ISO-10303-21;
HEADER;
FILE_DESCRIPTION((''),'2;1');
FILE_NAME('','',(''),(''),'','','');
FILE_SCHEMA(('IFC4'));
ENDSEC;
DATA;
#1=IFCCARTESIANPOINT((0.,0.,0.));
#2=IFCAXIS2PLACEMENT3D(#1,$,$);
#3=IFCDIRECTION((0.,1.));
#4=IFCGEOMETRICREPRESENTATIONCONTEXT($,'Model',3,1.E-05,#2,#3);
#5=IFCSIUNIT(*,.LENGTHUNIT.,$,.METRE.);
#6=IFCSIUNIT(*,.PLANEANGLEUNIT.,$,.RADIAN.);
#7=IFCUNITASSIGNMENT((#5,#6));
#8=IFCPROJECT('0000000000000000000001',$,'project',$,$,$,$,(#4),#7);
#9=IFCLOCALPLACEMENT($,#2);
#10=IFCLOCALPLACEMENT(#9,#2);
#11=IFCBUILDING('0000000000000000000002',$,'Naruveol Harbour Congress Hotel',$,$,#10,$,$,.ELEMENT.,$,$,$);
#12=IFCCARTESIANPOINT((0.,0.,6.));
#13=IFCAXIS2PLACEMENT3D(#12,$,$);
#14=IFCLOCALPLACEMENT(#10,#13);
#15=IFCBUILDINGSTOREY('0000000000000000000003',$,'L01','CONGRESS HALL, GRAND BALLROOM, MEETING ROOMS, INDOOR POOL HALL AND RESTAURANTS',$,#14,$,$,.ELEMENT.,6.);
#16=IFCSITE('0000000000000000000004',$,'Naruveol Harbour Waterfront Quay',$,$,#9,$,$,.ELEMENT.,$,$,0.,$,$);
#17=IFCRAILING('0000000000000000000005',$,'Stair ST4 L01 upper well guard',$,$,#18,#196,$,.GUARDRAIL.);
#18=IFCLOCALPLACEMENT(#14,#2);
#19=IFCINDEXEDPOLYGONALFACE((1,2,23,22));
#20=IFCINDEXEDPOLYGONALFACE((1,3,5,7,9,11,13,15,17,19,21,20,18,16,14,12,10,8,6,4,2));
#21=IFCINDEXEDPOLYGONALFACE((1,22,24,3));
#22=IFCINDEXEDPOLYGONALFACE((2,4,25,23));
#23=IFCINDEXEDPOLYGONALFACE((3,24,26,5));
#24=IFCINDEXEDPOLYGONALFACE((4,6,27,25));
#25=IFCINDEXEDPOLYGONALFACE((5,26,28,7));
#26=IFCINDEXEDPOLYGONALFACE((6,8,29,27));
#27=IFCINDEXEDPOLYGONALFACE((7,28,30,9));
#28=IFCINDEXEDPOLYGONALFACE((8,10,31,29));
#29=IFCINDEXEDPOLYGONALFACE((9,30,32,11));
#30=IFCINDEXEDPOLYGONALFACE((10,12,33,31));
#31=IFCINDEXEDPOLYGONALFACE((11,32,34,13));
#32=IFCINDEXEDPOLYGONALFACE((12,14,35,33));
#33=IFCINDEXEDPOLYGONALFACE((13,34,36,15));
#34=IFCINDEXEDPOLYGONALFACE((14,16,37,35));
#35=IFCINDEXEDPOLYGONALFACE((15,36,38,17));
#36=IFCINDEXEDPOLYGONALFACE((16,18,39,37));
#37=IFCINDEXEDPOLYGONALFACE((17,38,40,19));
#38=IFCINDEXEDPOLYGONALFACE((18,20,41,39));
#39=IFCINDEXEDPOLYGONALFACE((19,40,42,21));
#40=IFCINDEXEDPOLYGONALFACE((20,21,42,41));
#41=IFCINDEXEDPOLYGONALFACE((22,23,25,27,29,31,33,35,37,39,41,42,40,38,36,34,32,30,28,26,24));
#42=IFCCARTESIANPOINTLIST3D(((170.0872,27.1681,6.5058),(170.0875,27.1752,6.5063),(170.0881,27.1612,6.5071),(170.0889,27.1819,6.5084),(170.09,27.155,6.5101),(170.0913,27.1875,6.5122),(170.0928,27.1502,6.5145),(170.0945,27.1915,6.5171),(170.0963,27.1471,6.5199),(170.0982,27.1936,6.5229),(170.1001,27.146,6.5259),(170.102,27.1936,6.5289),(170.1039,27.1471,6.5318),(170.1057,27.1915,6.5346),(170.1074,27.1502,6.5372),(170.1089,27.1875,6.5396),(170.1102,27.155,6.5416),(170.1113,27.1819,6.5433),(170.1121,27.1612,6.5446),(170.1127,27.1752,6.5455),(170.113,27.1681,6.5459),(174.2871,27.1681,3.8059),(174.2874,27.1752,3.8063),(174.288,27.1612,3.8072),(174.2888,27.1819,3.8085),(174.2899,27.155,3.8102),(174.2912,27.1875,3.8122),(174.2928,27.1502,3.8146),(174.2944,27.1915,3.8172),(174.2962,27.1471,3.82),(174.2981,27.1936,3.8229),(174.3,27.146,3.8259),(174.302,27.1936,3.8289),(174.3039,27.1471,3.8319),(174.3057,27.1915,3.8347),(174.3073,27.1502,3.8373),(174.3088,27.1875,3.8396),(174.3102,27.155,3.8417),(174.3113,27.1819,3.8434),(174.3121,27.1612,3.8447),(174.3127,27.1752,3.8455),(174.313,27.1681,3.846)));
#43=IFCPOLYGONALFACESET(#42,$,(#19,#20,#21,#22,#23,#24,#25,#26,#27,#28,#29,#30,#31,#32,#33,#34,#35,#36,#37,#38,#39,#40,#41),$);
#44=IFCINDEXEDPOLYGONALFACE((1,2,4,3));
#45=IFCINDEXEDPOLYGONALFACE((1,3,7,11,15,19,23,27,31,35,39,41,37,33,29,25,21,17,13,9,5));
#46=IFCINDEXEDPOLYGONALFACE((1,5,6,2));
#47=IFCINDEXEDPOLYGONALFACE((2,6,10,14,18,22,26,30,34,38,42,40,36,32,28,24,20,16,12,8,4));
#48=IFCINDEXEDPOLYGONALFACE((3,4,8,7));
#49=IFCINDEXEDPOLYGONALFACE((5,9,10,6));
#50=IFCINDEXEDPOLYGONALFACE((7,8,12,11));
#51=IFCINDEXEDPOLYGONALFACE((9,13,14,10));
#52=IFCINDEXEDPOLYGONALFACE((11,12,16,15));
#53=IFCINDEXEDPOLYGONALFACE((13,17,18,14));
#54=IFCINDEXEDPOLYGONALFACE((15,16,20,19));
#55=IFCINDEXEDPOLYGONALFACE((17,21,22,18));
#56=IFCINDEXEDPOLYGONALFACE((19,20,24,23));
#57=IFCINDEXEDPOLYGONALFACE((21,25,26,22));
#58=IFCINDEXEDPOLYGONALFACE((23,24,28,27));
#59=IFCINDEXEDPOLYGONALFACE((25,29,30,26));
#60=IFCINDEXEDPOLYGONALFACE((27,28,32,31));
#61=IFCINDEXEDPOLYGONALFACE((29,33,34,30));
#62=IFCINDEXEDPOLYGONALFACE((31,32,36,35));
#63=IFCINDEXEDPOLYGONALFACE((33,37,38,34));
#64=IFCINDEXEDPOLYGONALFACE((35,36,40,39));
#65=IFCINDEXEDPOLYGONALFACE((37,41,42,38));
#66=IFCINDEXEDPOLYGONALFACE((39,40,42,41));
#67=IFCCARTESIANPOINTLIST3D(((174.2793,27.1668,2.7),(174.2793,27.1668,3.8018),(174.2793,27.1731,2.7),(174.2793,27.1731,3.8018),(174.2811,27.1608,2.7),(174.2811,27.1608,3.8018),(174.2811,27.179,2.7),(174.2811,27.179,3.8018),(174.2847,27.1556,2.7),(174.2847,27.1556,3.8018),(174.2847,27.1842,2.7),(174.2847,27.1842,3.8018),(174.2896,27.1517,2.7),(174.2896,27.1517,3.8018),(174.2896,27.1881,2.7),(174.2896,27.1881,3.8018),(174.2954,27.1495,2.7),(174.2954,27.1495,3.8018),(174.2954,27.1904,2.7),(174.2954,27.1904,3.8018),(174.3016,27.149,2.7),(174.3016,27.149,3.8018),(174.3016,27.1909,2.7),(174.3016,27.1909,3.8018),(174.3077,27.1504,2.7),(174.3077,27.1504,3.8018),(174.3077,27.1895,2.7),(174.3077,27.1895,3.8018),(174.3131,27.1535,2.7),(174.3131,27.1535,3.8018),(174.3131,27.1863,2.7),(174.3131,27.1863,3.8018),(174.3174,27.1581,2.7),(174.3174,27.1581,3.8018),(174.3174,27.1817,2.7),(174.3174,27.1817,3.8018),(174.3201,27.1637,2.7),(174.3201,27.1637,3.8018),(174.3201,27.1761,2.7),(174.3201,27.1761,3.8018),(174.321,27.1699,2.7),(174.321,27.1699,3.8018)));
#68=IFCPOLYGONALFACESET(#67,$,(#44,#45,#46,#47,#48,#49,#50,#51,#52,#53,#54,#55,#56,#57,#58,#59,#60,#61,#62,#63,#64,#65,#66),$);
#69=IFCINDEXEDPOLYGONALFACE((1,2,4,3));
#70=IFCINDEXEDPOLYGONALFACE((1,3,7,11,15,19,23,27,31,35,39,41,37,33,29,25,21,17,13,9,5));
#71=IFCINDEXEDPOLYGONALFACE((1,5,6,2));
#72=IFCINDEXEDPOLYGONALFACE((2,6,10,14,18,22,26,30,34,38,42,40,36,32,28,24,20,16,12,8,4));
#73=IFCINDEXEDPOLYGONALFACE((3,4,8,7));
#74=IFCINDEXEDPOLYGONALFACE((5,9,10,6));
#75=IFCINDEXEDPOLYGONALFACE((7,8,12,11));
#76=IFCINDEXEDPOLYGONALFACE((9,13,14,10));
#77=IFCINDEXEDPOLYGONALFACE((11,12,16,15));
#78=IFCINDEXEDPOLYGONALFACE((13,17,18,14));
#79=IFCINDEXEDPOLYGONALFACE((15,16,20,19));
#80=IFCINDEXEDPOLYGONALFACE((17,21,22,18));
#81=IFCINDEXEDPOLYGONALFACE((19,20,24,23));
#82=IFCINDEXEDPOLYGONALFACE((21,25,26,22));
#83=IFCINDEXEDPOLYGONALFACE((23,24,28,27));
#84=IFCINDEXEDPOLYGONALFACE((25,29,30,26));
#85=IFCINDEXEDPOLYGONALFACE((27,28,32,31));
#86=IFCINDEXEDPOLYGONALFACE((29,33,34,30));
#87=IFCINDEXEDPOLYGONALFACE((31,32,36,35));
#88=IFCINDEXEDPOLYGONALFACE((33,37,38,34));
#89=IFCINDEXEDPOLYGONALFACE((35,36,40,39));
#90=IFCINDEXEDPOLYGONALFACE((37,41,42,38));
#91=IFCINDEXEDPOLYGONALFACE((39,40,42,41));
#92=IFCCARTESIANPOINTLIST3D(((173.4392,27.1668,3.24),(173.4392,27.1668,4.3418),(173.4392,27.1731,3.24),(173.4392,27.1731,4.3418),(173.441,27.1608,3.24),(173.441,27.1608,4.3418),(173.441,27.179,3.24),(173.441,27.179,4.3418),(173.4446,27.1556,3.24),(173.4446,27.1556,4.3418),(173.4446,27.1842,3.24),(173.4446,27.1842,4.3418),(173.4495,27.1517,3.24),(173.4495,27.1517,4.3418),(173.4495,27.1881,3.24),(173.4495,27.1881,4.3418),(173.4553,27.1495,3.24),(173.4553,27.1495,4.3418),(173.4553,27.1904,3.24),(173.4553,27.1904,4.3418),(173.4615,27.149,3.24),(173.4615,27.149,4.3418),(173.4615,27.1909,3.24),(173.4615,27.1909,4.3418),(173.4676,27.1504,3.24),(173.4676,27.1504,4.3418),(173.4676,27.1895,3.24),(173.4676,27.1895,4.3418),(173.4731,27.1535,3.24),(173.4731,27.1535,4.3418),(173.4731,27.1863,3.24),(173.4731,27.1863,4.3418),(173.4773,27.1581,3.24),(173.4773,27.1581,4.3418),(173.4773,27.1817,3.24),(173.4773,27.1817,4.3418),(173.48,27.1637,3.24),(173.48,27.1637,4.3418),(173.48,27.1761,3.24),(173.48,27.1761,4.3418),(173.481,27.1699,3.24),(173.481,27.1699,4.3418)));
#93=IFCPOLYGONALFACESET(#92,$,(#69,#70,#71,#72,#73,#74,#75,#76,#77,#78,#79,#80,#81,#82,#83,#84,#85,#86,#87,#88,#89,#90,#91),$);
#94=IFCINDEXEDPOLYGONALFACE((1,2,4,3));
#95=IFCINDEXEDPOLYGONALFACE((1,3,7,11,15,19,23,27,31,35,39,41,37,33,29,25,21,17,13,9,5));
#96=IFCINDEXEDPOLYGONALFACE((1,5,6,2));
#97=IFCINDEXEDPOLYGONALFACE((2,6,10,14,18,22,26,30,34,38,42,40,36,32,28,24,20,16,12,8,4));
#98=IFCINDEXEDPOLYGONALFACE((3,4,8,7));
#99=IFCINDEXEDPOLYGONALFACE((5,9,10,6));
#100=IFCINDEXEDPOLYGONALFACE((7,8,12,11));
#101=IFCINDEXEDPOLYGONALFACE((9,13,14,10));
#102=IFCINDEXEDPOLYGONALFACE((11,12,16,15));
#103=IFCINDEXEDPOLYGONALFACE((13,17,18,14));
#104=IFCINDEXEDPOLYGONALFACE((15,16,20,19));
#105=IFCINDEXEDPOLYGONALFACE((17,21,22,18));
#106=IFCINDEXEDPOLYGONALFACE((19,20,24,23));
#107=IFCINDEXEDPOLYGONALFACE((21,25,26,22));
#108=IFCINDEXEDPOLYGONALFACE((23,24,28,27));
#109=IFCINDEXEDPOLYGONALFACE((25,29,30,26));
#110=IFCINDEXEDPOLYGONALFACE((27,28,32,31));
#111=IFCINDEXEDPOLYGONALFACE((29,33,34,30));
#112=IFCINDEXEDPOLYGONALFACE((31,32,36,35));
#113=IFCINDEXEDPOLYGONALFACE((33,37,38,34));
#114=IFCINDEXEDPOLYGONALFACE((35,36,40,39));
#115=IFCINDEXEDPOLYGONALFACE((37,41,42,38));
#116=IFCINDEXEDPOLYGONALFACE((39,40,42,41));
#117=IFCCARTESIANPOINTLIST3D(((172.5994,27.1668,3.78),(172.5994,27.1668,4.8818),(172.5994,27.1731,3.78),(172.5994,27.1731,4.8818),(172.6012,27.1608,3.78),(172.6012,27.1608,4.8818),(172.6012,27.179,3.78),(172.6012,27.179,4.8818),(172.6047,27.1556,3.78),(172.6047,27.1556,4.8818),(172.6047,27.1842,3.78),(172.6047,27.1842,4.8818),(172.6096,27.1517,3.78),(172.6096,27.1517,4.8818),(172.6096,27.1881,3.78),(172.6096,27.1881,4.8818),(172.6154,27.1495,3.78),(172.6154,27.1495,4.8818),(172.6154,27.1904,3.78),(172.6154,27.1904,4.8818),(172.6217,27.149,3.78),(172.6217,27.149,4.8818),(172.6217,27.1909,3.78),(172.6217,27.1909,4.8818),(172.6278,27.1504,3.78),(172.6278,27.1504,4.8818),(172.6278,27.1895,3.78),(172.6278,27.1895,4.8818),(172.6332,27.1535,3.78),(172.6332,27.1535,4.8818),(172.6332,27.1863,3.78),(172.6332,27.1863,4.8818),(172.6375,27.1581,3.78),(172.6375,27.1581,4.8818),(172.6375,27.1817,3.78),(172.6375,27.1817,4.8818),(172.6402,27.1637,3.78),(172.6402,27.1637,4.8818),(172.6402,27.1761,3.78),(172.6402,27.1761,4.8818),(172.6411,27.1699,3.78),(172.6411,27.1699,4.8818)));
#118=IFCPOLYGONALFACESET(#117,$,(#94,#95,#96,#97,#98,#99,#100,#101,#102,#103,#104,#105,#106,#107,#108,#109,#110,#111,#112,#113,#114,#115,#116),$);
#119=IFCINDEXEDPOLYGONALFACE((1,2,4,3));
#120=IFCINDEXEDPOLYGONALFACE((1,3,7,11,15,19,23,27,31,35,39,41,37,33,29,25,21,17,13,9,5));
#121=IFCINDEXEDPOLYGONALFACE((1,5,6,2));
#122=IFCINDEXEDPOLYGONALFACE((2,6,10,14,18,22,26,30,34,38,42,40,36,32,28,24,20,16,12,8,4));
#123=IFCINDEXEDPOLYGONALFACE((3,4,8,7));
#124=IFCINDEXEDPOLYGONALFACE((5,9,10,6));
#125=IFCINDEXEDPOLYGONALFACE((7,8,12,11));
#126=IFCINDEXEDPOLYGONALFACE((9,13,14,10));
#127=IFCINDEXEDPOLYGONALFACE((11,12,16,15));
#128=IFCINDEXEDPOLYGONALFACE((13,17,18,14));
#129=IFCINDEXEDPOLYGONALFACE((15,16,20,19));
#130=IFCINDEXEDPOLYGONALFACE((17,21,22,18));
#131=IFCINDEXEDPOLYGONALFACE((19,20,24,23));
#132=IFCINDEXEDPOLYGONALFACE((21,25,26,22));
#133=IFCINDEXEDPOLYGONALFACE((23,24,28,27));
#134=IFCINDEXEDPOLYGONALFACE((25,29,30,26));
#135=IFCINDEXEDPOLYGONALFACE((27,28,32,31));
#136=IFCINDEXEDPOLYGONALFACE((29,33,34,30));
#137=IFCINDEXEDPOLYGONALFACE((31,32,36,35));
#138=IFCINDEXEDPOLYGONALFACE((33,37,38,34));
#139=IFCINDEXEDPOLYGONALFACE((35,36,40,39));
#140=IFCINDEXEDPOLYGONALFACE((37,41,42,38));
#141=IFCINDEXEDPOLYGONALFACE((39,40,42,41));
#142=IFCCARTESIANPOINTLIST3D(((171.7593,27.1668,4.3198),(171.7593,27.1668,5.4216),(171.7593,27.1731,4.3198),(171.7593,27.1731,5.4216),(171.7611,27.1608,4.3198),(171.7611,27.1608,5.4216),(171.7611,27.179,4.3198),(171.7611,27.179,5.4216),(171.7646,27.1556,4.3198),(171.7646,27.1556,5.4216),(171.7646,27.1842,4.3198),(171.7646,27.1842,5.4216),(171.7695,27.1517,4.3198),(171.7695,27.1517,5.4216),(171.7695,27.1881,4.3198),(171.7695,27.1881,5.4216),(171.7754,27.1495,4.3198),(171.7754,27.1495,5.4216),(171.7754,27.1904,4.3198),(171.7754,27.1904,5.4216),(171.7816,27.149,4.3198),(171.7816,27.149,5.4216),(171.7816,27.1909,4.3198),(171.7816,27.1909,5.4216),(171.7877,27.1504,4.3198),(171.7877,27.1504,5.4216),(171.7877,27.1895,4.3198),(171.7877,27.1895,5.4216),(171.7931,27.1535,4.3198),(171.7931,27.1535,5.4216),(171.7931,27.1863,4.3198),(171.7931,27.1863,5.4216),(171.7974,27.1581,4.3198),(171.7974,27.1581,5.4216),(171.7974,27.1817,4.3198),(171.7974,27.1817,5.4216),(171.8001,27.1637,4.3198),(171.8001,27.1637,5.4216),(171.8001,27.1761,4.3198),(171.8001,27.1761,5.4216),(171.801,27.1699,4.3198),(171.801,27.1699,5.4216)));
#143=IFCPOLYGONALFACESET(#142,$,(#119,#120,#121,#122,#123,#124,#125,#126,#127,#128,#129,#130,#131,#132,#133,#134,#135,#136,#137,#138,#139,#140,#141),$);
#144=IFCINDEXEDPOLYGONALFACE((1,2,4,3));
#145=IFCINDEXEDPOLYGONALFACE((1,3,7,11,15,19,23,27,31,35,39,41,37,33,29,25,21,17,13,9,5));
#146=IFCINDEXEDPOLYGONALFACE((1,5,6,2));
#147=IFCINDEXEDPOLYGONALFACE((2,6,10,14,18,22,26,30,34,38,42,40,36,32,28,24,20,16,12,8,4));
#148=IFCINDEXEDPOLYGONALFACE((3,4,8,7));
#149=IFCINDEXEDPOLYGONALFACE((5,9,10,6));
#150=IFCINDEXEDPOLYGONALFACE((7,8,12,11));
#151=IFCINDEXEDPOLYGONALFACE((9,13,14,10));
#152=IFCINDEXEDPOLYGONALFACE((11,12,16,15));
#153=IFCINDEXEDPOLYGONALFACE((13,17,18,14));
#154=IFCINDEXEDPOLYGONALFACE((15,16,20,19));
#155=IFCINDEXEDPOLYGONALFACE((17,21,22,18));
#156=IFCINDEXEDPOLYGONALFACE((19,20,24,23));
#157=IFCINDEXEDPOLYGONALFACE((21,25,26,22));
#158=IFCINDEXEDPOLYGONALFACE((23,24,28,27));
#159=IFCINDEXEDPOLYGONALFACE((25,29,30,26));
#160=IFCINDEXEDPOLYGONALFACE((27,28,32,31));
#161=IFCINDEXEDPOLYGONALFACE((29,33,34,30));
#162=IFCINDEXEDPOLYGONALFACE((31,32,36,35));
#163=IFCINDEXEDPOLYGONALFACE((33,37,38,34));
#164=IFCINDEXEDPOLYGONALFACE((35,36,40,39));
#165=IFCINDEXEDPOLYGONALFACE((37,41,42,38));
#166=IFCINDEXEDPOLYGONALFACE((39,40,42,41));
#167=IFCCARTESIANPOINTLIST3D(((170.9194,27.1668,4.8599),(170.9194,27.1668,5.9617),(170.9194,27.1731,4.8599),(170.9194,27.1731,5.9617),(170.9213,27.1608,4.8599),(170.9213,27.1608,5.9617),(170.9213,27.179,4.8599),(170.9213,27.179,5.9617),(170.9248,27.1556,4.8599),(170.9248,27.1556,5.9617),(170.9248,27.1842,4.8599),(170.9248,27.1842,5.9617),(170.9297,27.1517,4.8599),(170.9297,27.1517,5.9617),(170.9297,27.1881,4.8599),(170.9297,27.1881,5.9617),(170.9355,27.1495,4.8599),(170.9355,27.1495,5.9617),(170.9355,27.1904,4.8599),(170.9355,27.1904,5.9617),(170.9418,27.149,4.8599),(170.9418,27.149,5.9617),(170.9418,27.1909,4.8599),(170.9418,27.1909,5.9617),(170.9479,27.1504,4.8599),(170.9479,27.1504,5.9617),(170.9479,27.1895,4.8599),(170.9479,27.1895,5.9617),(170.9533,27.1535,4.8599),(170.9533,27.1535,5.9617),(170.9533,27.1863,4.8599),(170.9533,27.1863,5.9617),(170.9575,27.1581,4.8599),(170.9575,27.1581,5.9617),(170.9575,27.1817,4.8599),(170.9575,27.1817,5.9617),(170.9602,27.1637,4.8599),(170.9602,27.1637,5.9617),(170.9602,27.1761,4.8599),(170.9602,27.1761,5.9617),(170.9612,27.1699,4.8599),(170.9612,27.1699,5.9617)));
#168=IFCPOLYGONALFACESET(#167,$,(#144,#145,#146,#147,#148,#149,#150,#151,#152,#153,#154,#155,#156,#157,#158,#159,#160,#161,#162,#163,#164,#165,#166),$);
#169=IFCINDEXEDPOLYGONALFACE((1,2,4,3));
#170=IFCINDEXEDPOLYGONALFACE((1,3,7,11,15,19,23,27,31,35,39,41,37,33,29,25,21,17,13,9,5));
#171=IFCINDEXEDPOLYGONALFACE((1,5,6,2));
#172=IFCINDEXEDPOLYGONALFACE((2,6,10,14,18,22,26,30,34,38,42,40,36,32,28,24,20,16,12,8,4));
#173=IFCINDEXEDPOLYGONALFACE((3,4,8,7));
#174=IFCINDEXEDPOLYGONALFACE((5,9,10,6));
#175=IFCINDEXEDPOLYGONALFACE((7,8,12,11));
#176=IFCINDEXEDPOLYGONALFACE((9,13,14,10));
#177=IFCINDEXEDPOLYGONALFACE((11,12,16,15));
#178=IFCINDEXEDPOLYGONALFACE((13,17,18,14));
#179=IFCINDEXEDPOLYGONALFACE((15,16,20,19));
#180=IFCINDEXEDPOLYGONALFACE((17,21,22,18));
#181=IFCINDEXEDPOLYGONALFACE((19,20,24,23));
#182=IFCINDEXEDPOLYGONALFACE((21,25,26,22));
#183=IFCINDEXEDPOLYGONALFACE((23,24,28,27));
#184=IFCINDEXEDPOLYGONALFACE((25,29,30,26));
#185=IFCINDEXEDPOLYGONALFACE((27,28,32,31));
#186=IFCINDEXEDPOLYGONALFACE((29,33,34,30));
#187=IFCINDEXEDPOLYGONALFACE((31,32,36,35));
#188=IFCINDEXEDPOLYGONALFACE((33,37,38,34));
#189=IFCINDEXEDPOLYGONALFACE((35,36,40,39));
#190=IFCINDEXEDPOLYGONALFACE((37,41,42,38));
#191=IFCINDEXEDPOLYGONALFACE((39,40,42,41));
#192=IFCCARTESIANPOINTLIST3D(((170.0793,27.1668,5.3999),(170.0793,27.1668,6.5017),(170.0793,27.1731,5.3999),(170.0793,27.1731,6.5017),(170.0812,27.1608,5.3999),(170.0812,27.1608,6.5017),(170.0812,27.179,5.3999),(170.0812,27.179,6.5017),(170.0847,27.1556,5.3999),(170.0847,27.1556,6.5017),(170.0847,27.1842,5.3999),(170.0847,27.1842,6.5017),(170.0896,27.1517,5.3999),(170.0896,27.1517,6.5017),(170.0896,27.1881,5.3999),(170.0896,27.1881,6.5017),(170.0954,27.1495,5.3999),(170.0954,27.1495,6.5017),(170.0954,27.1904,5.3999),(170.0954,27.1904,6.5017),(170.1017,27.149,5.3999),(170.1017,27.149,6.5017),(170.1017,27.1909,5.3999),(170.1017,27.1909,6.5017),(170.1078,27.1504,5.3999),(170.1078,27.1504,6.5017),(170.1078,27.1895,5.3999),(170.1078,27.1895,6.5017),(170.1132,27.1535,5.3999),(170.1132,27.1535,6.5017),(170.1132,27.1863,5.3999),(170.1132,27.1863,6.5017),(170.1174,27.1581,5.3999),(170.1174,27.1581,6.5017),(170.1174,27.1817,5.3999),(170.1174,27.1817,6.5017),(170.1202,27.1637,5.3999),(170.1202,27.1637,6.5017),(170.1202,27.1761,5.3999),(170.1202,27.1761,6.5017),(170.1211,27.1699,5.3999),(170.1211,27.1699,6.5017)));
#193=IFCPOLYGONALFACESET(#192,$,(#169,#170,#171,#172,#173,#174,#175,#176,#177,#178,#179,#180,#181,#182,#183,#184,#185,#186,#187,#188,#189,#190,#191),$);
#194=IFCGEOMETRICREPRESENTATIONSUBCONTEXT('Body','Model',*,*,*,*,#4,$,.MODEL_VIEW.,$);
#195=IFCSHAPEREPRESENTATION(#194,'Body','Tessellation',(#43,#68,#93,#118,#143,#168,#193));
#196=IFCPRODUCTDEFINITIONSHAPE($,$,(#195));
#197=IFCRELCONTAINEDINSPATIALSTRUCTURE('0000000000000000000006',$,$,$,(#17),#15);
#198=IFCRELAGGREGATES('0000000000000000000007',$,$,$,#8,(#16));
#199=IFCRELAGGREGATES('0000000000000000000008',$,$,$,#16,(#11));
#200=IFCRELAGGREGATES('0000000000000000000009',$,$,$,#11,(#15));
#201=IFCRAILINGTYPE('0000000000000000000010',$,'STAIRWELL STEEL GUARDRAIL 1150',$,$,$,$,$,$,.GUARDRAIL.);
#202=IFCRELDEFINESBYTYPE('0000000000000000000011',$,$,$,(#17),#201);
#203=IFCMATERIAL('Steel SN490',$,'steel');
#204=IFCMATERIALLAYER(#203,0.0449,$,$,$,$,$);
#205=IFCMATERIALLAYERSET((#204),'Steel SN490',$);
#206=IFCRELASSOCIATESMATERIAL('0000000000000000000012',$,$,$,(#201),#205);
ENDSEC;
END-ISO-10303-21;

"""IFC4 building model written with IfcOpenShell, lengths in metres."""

from ifc_helpers import new_model, si_unit, direction, frame, origin, origin_2d, place, context, subcontext, project, spatial, circle, extrude, material, layer, layer_set, type_object, element, save


model = new_model("IFC4")

# Units and contexts
model_context = context("Model", 3, precision=1e-05, world=origin(), true_north=direction((0.0, 1.0)))
body_context = subcontext(model_context, "Body", "Model", "MODEL_VIEW")
ifc_project = project(units=[si_unit("LENGTHUNIT", "METRE"), si_unit("PLANEANGLEUNIT", "RADIAN")], contexts=[model_context])

# Site, building, storey
site_placement = place(None, origin())
site = spatial("IfcSite", under=ifc_project, at=site_placement, Name="Naruveol Harbour Waterfront Quay", CompositionType="ELEMENT", RefElevation=0.0)
building_placement = place(site_placement, origin())
building = spatial("IfcBuilding", under=site, at=building_placement, Name="Naruveol Harbour Congress Hotel", CompositionType="ELEMENT")
storey_placement = place(building_placement, frame((0.0, 0.0, 6.0)))
storey = spatial("IfcBuildingStorey", under=building, at=storey_placement, Name="L01", Description="CONGRESS HALL, GRAND BALLROOM, MEETING ROOMS, INDOOR POOL HALL AND RESTAURANTS", CompositionType="ELEMENT", Elevation=6.0)

# Railing
ifc_material_1 = material(Name="Steel SN490", Category="steel")
ifc_layer_1 = layer(ifc_material_1, 0.0449)
ifc_layer_set_1 = layer_set([ifc_layer_1], Name="Steel SN490")
railing_type_1 = type_object("IfcRailingType", Name="STAIRWELL STEEL GUARDRAIL 1150", PredefinedType="GUARDRAIL", material=ifc_layer_set_1)
railing_1_placement = place(storey_placement, frame((174.3, 27.1699, 2.7)))
element("IfcRailing", 1, at=railing_1_placement, inside=storey, type_object=railing_type_1, Name="Stair ST4 L01 upper well guard", PredefinedType="GUARDRAIL", context=body_context, shape_type="SweptSolid", body=[
    extrude(circle(Radius=0.0239, at=origin_2d()), frame((0.0, 0.0, 1.126), z_axis=(-0.84118, 0.0, 0.540755), x_axis=(0.0, -1.0, 0.0)), (0.0, 0.0, 1.0), 4.9929),
    extrude(circle(Radius=0.021, at=origin_2d()), origin(), (0.0, 0.0, 1.0), 1.1018),
    extrude(circle(Radius=0.021, at=origin_2d()), frame((-0.8401, 0.0, 0.54)), (0.0, 0.0, 1.0), 1.1018),
    extrude(circle(Radius=0.021, at=origin_2d()), frame((-1.6799, 0.0, 1.0801)), (0.0, 0.0, 1.0), 1.1018),
    extrude(circle(Radius=0.021, at=origin_2d()), frame((-2.52, 0.0, 1.6199)), (0.0, 0.0, 1.0), 1.1018),
    extrude(circle(Radius=0.021, at=origin_2d()), frame((-3.3599, 0.0, 2.1599)), (0.0, 0.0, 1.0), 1.1018),
    extrude(circle(Radius=0.021, at=origin_2d()), frame((-4.2, 0.0, 2.7)), (0.0, 0.0, 1.0), 1.1018),
])

save(model, "model.ifc")
